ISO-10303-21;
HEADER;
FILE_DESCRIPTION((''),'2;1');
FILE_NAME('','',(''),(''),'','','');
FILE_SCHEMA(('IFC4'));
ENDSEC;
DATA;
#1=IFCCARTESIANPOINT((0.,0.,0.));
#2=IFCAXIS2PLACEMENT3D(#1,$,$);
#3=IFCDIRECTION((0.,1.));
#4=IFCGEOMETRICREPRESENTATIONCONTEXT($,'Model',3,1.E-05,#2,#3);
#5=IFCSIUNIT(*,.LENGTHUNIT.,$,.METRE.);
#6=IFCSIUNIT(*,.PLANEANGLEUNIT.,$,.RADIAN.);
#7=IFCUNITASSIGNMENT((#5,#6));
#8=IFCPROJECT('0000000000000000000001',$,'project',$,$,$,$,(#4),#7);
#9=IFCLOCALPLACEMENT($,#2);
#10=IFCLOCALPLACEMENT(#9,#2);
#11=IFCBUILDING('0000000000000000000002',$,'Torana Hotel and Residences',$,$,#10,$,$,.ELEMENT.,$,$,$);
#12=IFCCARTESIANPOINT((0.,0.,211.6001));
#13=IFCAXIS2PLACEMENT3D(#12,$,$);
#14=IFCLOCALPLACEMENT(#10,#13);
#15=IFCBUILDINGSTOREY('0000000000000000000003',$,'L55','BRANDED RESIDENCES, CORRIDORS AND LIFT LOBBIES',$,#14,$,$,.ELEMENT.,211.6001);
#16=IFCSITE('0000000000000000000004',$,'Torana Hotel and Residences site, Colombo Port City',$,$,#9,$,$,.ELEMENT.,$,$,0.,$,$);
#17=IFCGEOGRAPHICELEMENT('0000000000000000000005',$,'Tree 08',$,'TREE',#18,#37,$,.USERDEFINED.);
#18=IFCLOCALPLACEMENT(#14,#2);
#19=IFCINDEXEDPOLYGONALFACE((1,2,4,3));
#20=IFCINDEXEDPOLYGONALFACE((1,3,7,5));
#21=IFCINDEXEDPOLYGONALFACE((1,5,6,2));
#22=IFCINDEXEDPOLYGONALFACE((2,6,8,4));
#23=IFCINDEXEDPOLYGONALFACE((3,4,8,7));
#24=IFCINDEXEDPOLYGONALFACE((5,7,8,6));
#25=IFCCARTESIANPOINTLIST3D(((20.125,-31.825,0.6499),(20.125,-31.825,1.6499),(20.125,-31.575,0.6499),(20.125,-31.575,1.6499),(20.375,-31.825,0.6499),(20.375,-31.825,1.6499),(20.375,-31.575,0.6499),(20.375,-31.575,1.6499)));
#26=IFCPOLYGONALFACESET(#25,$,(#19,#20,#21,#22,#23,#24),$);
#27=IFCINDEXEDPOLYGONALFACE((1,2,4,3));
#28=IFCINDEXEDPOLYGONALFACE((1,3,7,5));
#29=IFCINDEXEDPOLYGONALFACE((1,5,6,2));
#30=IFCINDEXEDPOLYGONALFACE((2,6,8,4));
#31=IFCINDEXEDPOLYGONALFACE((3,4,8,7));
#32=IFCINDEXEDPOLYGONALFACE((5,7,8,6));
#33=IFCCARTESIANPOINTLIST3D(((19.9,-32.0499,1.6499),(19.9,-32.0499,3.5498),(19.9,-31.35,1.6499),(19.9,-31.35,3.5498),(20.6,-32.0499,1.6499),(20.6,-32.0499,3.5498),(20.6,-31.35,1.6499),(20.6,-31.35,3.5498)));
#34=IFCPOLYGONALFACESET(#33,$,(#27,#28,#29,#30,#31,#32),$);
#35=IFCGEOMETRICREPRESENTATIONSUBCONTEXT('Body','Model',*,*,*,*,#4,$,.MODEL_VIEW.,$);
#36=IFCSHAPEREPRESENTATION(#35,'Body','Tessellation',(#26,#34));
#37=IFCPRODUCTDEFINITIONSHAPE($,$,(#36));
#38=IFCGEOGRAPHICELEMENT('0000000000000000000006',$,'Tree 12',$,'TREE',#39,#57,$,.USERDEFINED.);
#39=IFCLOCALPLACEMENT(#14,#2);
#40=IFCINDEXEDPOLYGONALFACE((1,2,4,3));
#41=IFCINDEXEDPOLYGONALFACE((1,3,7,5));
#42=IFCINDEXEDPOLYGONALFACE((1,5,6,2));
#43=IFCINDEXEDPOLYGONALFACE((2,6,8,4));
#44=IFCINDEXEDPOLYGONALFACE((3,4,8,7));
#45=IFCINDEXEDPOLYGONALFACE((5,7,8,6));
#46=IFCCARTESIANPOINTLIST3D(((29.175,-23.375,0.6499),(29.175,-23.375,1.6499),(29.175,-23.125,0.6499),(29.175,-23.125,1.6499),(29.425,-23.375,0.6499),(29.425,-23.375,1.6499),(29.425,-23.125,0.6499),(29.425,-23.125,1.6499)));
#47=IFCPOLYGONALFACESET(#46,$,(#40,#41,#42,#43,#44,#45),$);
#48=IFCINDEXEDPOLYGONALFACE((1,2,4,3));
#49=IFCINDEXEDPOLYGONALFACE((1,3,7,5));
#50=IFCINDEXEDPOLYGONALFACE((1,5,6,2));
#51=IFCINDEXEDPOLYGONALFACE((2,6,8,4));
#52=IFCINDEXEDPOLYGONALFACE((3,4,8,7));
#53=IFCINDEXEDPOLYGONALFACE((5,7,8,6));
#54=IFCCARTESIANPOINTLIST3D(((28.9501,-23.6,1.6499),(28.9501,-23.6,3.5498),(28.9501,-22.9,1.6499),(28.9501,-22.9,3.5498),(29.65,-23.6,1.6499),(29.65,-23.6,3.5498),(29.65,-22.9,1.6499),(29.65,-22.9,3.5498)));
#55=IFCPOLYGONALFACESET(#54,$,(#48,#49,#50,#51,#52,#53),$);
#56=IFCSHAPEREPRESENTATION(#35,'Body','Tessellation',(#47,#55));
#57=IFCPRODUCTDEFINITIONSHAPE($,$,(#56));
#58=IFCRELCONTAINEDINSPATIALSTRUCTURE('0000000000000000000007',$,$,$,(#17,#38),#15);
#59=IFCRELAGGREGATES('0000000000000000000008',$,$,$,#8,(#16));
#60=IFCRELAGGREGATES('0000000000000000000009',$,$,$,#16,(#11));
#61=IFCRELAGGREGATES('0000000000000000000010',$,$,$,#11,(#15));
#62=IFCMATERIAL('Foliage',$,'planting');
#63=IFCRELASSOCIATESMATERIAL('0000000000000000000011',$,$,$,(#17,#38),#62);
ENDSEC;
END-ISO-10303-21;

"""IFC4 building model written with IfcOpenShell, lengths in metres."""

from ifc_helpers import new_model, si_unit, direction, frame, origin, origin_2d, place, context, subcontext, project, spatial, rectangle, extrude, material, element, save


model = new_model("IFC4")

# Units and contexts
model_context = context("Model", 3, precision=1e-05, world=origin(), true_north=direction((0.0, 1.0)))
body_context = subcontext(model_context, "Body", "Model", "MODEL_VIEW")
ifc_project = project(units=[si_unit("LENGTHUNIT", "METRE"), si_unit("PLANEANGLEUNIT", "RADIAN")], contexts=[model_context])

# Site, building, storey
site_placement = place(None, origin())
site = spatial("IfcSite", under=ifc_project, at=site_placement, Name="Torana Hotel and Residences site, Colombo Port City", CompositionType="ELEMENT", RefElevation=0.0)
building_placement = place(site_placement, origin())
building = spatial("IfcBuilding", under=site, at=building_placement, Name="Torana Hotel and Residences", CompositionType="ELEMENT")
storey_placement = place(building_placement, frame((0.0, 0.0, 211.6001)))
storey = spatial("IfcBuildingStorey", under=building, at=storey_placement, Name="L55", Description="BRANDED RESIDENCES, CORRIDORS AND LIFT LOBBIES", CompositionType="ELEMENT", Elevation=211.6001)

# Geographic elements
ifc_material_1 = material(Name="Foliage", Category="planting")
for number, where, z_axis, x_axis, name in (
    (1, (20.25, -31.7, 0.6499), (0.0, 0.0, 1.0), (1.0, 0.0, 0.0), "Tree 08"),
    (2, (29.3, -23.25, 0.6499), (0.0, 0.0, 1.0), (1.0, 0.0, 0.0), "Tree 12"),
):
    element("IfcGeographicElement", number, at=place(storey_placement, frame(where, z_axis=z_axis, x_axis=x_axis)), inside=storey, material=ifc_material_1, Name=name, ObjectType="TREE", PredefinedType="USERDEFINED", context=body_context, shape_type="SweptSolid", body=[
        extrude(rectangle(XDim=0.25, YDim=0.25, at=origin_2d()), origin(), (0.0, 0.0, 1.0), 1.0),
        extrude(rectangle(XDim=0.7, YDim=0.7, at=origin_2d()), frame((0.0, 0.0, 1.0)), (0.0, 0.0, 1.0), 1.8999),
    ])

save(model, "model.ifc")
